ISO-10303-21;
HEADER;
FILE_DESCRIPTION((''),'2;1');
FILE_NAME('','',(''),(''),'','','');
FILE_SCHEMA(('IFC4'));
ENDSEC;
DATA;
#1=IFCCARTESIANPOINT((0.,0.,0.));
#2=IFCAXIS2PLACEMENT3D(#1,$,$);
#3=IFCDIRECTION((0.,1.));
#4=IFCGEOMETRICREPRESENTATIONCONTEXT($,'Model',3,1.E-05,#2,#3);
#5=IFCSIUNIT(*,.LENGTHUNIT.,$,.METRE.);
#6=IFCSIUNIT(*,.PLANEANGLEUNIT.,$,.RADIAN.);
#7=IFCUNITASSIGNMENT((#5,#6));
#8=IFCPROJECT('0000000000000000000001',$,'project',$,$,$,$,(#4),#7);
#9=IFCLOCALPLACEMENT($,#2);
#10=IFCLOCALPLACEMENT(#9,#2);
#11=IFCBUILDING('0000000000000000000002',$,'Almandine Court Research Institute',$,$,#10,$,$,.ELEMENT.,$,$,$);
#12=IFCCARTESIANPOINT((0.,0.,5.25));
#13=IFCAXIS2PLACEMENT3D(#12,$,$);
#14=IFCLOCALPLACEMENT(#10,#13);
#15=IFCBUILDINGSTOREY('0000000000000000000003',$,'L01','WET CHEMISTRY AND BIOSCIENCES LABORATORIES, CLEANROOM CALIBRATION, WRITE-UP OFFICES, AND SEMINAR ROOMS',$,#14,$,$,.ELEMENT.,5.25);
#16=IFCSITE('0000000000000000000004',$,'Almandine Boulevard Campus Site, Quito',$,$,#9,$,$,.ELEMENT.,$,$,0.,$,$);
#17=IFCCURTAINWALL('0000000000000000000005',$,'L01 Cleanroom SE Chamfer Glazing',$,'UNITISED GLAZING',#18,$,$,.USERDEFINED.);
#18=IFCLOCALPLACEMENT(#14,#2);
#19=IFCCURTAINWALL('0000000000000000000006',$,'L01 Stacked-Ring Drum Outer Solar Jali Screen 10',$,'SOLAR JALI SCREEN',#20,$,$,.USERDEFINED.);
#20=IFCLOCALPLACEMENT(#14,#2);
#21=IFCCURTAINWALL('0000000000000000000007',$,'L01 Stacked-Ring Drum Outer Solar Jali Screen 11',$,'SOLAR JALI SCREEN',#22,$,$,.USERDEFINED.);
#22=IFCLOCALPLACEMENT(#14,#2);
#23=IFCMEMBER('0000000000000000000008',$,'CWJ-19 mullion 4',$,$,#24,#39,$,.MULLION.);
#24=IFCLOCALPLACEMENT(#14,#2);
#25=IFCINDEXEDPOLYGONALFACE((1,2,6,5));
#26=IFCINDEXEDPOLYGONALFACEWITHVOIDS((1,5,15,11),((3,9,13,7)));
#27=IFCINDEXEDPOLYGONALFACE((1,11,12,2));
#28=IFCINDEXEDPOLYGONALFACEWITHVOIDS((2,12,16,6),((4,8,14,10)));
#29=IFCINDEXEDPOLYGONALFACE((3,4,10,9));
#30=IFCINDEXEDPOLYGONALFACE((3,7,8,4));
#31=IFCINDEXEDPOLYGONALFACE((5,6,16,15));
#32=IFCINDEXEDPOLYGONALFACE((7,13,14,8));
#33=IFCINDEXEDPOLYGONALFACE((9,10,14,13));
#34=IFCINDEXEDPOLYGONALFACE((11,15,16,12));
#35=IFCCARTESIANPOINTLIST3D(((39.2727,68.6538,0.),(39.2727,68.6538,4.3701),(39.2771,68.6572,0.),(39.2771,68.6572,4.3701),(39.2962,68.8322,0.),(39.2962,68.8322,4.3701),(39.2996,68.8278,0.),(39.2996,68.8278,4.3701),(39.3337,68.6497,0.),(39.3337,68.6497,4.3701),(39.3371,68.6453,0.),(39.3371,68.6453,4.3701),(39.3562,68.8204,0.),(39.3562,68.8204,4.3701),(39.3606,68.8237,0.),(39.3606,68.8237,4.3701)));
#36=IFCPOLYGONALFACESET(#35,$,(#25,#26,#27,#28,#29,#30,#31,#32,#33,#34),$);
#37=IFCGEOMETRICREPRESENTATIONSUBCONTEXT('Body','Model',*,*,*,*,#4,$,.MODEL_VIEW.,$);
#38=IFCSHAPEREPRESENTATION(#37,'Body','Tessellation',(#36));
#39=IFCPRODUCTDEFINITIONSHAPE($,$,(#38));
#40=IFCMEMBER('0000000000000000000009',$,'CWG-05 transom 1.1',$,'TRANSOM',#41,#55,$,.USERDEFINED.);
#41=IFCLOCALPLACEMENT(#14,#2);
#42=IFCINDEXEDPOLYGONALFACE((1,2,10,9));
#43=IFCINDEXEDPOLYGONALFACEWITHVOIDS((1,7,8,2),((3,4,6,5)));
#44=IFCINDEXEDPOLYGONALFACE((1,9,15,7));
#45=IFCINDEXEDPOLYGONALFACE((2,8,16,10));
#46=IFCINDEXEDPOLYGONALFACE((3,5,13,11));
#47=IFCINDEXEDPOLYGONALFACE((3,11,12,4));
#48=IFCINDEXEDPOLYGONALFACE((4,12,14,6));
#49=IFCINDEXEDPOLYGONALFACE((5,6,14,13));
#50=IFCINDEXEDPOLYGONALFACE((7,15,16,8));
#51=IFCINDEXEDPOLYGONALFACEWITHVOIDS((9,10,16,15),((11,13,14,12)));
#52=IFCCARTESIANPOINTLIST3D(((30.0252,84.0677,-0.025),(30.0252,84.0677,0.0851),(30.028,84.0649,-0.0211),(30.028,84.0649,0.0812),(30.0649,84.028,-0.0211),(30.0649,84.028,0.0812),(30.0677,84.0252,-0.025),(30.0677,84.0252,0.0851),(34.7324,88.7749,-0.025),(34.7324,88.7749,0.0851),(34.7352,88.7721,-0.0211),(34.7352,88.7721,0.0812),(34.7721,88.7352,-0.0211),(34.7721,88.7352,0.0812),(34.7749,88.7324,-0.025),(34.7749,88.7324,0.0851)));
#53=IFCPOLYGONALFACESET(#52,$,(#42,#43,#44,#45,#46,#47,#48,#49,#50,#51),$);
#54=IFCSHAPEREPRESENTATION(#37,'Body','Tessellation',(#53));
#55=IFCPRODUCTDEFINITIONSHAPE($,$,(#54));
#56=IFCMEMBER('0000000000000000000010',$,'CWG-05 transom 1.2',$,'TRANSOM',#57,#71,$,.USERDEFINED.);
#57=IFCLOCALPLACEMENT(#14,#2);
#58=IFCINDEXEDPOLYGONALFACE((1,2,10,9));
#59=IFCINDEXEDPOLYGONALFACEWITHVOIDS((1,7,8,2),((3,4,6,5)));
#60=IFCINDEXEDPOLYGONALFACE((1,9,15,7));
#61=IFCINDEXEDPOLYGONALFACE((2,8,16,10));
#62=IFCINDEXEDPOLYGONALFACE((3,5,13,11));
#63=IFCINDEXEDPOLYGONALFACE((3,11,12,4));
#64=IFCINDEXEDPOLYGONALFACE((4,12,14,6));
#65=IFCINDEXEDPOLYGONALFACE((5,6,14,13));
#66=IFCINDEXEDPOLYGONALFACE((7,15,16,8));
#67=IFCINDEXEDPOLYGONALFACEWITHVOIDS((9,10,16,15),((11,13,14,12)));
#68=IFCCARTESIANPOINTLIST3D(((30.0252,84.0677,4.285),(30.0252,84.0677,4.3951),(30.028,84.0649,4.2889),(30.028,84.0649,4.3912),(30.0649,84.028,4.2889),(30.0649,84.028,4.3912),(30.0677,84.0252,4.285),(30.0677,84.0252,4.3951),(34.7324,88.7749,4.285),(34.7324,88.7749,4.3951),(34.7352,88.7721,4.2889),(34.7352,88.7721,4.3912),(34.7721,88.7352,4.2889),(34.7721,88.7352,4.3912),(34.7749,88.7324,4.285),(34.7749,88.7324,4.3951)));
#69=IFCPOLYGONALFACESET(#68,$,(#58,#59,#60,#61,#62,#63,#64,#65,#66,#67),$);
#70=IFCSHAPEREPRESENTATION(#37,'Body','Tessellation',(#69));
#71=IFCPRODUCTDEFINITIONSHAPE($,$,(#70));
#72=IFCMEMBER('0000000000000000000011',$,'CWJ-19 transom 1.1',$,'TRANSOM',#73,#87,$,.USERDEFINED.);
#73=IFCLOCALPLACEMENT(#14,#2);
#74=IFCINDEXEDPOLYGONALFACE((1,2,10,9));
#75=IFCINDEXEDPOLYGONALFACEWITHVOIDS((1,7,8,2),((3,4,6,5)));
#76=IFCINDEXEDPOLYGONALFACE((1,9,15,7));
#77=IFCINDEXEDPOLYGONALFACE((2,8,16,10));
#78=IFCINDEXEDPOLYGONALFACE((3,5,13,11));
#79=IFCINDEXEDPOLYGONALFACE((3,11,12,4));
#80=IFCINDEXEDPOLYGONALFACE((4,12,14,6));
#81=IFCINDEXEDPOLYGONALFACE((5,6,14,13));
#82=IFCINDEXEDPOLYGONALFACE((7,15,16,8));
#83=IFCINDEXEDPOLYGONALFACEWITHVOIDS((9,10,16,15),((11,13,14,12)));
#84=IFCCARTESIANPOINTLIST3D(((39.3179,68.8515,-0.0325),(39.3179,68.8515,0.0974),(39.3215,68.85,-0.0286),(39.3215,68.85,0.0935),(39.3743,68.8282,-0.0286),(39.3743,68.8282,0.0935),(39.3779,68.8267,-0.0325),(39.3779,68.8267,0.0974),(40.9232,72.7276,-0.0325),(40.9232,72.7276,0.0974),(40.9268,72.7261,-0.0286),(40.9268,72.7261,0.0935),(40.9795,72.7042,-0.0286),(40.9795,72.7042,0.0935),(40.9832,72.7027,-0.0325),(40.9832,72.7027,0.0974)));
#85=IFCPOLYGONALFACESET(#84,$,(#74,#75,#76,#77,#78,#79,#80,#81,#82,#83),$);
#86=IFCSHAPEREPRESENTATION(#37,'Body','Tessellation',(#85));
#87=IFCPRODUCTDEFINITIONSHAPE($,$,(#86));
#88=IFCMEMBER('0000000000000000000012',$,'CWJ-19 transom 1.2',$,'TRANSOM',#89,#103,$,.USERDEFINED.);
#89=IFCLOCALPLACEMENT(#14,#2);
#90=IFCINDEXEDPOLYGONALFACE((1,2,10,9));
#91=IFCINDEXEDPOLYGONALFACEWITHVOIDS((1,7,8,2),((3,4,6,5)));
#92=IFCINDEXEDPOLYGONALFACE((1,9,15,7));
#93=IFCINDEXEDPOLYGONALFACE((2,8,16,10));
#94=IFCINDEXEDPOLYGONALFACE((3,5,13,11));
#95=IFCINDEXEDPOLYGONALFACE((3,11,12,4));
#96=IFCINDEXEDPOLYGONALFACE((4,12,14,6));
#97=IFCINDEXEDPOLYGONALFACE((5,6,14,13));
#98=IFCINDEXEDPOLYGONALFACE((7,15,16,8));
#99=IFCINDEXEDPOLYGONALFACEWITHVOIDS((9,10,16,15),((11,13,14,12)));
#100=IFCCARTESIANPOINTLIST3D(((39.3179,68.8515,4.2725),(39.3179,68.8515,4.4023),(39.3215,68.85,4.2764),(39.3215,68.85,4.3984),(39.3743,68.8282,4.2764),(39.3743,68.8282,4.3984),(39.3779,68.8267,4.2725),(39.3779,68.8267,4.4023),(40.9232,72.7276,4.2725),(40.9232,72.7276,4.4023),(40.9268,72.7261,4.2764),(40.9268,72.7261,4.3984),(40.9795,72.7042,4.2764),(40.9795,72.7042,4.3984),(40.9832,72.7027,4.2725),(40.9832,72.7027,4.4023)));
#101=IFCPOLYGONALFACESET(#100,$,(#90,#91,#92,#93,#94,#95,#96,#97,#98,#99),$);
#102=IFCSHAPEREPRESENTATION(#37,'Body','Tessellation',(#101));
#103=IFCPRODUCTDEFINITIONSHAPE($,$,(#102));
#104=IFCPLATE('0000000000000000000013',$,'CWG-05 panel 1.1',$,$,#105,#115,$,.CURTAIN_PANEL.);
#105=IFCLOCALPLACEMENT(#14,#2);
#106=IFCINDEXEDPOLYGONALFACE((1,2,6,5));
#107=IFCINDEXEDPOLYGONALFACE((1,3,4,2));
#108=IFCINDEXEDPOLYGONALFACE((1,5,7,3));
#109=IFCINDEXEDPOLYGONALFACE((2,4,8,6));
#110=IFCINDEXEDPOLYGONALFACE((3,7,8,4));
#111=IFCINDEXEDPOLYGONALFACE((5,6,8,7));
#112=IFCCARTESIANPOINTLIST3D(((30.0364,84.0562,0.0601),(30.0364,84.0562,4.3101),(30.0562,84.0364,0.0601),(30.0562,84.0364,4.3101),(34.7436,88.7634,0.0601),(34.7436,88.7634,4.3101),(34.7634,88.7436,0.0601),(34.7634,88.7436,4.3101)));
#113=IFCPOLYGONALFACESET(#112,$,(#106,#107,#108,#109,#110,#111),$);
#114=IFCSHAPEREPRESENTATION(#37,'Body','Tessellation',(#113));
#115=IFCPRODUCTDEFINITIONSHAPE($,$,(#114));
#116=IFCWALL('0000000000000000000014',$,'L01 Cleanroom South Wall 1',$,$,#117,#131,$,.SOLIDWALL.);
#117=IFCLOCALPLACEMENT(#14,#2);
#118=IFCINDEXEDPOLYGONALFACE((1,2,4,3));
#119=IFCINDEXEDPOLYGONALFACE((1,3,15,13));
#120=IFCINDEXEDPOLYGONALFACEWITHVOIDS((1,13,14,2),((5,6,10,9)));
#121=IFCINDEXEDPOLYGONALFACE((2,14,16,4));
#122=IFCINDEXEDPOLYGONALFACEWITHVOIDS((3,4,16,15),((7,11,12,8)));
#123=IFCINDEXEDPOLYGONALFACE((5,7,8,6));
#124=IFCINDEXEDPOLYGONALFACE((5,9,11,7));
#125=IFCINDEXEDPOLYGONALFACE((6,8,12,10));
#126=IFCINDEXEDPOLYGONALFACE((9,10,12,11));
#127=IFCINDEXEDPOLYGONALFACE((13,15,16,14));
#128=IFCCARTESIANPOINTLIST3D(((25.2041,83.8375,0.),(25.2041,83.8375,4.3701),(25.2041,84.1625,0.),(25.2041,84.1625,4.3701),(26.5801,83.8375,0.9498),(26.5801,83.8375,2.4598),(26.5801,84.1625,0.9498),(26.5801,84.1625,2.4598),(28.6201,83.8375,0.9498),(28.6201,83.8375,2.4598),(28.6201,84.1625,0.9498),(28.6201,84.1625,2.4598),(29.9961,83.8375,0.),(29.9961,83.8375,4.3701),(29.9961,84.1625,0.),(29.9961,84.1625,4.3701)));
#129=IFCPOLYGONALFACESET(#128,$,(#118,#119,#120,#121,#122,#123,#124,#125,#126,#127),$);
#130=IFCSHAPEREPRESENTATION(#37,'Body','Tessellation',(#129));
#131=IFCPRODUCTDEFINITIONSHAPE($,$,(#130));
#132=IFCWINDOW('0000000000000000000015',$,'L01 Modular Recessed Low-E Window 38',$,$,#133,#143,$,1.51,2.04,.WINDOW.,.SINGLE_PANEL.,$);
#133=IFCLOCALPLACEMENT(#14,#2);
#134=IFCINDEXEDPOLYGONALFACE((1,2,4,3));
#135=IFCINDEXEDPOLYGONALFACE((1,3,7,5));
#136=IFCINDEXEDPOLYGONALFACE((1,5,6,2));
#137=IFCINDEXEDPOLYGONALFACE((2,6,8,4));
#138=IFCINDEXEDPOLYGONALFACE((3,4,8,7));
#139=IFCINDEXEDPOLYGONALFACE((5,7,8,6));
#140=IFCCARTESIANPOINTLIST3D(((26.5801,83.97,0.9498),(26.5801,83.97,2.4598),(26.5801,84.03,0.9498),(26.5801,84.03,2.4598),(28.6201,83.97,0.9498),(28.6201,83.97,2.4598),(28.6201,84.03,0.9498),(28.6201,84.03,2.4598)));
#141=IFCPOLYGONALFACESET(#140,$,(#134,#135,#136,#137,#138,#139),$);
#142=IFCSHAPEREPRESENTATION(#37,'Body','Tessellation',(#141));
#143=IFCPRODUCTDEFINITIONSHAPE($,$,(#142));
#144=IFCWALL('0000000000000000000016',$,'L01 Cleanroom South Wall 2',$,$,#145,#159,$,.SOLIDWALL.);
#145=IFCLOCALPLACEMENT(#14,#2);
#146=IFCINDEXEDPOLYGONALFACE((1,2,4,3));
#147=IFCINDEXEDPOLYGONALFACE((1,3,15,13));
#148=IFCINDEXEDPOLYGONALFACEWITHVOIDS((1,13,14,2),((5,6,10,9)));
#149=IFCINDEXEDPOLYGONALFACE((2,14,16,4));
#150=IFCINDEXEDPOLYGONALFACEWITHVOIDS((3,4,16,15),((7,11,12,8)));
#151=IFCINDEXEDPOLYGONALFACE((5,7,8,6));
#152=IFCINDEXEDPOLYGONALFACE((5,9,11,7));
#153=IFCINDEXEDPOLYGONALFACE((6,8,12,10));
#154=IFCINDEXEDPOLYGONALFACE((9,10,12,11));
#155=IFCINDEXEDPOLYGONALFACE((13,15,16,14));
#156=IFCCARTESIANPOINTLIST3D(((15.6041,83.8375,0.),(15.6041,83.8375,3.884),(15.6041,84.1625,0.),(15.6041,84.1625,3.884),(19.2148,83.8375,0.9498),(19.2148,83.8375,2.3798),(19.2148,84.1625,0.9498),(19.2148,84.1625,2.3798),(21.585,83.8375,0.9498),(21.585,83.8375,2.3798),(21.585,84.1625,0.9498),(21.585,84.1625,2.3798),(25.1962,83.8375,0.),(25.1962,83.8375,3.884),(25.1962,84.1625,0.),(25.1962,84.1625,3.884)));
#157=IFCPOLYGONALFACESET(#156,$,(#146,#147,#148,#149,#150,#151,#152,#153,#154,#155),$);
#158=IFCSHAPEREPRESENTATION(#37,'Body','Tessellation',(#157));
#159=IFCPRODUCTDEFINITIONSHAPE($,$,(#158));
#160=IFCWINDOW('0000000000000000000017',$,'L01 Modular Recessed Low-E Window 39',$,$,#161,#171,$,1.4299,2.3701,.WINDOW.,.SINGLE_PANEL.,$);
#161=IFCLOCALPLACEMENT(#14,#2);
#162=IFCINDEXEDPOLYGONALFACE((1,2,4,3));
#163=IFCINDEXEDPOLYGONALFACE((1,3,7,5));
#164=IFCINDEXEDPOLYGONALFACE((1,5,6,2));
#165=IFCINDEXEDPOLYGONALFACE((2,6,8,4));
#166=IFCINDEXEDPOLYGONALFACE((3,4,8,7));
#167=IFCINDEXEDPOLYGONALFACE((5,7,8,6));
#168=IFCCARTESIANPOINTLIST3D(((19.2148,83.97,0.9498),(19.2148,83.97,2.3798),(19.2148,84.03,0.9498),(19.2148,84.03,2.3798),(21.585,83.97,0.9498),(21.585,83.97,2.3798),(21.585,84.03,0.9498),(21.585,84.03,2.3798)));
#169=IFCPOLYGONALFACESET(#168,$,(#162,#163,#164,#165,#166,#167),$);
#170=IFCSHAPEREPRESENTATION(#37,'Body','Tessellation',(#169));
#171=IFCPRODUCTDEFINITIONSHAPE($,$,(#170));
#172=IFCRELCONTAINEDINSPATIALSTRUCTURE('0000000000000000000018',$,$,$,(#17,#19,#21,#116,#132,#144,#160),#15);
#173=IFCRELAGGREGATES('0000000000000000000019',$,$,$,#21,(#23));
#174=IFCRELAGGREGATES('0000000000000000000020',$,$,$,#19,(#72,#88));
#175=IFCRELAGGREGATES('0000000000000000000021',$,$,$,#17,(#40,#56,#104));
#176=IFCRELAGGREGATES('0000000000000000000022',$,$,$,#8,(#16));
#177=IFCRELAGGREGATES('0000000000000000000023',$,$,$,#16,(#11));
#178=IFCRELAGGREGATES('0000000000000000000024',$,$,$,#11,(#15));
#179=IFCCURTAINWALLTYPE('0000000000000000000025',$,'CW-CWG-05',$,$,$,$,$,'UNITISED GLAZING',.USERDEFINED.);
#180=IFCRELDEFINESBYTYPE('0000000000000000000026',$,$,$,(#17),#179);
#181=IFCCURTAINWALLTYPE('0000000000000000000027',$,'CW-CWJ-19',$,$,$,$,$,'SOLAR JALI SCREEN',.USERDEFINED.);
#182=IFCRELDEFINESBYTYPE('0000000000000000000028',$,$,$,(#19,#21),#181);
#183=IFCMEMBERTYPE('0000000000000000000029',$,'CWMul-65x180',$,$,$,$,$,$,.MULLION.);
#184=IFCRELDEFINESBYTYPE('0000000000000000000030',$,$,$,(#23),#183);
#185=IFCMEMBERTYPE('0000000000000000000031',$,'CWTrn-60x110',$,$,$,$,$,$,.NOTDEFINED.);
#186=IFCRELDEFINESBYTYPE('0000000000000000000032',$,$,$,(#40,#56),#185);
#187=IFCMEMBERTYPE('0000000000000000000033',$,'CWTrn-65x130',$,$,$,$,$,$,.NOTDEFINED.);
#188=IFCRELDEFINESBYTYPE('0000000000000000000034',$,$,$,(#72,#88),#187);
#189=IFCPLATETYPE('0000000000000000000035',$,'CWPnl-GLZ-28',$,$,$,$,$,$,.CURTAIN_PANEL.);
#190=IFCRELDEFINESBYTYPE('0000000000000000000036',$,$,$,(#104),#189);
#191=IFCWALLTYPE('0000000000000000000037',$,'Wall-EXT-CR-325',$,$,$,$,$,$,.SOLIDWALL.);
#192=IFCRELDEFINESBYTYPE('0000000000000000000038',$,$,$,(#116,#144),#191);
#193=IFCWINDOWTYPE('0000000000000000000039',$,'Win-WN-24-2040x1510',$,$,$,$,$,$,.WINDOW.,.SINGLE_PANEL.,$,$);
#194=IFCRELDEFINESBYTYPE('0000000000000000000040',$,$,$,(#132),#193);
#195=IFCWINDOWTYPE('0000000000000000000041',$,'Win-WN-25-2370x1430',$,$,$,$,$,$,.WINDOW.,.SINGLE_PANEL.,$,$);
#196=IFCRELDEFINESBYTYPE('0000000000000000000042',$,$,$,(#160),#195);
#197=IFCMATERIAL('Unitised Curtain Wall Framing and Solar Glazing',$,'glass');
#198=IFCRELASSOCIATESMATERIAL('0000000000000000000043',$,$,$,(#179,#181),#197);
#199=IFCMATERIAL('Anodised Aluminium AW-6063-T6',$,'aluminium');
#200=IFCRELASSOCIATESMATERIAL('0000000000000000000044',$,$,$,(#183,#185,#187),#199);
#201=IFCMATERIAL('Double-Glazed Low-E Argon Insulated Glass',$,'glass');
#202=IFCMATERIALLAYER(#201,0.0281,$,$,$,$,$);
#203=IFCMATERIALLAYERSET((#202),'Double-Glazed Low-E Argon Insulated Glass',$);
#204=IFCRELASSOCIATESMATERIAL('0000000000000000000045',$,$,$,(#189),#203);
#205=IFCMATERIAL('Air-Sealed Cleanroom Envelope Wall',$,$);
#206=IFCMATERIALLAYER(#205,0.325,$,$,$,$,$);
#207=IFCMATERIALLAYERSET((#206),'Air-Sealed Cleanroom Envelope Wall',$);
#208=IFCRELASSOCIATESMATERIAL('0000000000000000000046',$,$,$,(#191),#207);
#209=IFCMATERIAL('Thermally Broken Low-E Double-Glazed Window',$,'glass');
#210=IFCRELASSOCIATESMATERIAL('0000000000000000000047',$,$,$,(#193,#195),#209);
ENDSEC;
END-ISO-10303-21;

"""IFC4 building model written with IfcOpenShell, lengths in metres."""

from ifc_helpers import new_model, si_unit, direction, frame, frame_2d, origin, origin_2d, place, context, subcontext, project, spatial, rectangle, hollow_rectangle, extrude, material, layer, layer_set, material_profile, profile_set, type_object, element, fill, aggregate, save


model = new_model("IFC4")

# Units and contexts
model_context = context("Model", 3, precision=1e-05, world=origin(), true_north=direction((0.0, 1.0)))
body_context = subcontext(model_context, "Body", "Model", "MODEL_VIEW")
ifc_project = project(units=[si_unit("LENGTHUNIT", "METRE"), si_unit("PLANEANGLEUNIT", "RADIAN")], contexts=[model_context])

# Site, building, storey
site_placement = place(None, origin())
site = spatial("IfcSite", under=ifc_project, at=site_placement, Name="Almandine Boulevard Campus Site, Quito", CompositionType="ELEMENT", RefElevation=0.0)
building_placement = place(site_placement, origin())
building = spatial("IfcBuilding", under=site, at=building_placement, Name="Almandine Court Research Institute", CompositionType="ELEMENT")
storey_placement = place(building_placement, frame((0.0, 0.0, 5.25)))
storey = spatial("IfcBuildingStorey", under=building, at=storey_placement, Name="L01", Description="WET CHEMISTRY AND BIOSCIENCES LABORATORIES, CLEANROOM CALIBRATION, WRITE-UP OFFICES, AND SEMINAR ROOMS", CompositionType="ELEMENT", Elevation=5.25)

# Curtain walls, member
ifc_material_1 = material(Name="Unitised Curtain Wall Framing and Solar Glazing", Category="glass")
curtain_wall_type_1 = type_object("IfcCurtainWallType", Name="CW-CWG-05", ElementType="UNITISED GLAZING", PredefinedType="USERDEFINED", material=ifc_material_1)
curtain_wall_1_placement = place(storey_placement, origin())
curtain_wall_1 = element("IfcCurtainWall", 1, at=curtain_wall_1_placement, inside=storey, type_object=curtain_wall_type_1, Name="L01 Cleanroom SE Chamfer Glazing", ObjectType="UNITISED GLAZING", PredefinedType="USERDEFINED")
ifc_material_2 = material(Name="Anodised Aluminium AW-6063-T6", Category="aluminium")
curtain_wall_type_2 = type_object("IfcCurtainWallType", Name="CW-CWJ-19", ElementType="SOLAR JALI SCREEN", PredefinedType="USERDEFINED", material=ifc_material_1)
curtain_wall_2_placement = place(storey_placement, origin())
curtain_wall_2 = element("IfcCurtainWall", 2, at=curtain_wall_2_placement, inside=storey, type_object=curtain_wall_type_2, Name="L01 Stacked-Ring Drum Outer Solar Jali Screen 10", ObjectType="SOLAR JALI SCREEN", PredefinedType="USERDEFINED")
ifc_material_profile_1 = material_profile(ifc_material_2, hollow_rectangle(XDim=0.0649, YDim=0.1799, WallThickness=0.0039, at=origin_2d()), Name="ALU RHS 65x180x4")
ifc_profile_set_1 = profile_set([ifc_material_profile_1], Name="Anodised Aluminium AW-6063-T6")
member_type_1 = type_object("IfcMemberType", Name="CWMul-65x180", PredefinedType="MULLION", material=ifc_profile_set_1)
curtain_wall_3_placement = place(storey_placement, origin())
curtain_wall_3 = element("IfcCurtainWall", 3, at=curtain_wall_3_placement, inside=storey, type_object=curtain_wall_type_2, Name="L01 Stacked-Ring Drum Outer Solar Jali Screen 11", ObjectType="SOLAR JALI SCREEN", PredefinedType="USERDEFINED")
member_1_placement = place(storey_placement, frame((39.3167, 68.7388, 0.0), z_axis=(0.0, 0.0, 1.0), x_axis=(-0.991443, 0.130541, 0.0)))
member_1 = element("IfcMember", 4, at=member_1_placement, type_object=member_type_1, Name="CWJ-19 mullion 4", PredefinedType="MULLION", context=body_context, shape_type="SweptSolid", body=[
    extrude(hollow_rectangle(XDim=0.0649, YDim=0.1799, WallThickness=0.0039, at=origin_2d()), origin(), (0.0, 0.0, 1.0), 4.3701),
])
aggregate(curtain_wall_3, [member_1])

# Members
ifc_material_profile_2 = material_profile(ifc_material_2, hollow_rectangle(XDim=0.0601, YDim=0.1101, WallThickness=0.0039, at=origin_2d()), Name="ALU RHS 60x110x4")
ifc_profile_set_2 = profile_set([ifc_material_profile_2], Name="Anodised Aluminium AW-6063-T6")
member_type_2 = type_object("IfcMemberType", Name="CWTrn-60x110", PredefinedType="NOTDEFINED", material=ifc_profile_set_2)
member_2_placement = place(storey_placement, frame((34.7537, 88.7537, 0.03), z_axis=(-0.707107, -0.707107, 0.0), x_axis=(0.707107, -0.707107, 0.0)))
member_2 = element("IfcMember", 5, at=member_2_placement, type_object=member_type_2, Name="CWG-05 transom 1.1", ObjectType="TRANSOM", PredefinedType="USERDEFINED", context=body_context, shape_type="SweptSolid", body=[
    extrude(hollow_rectangle(XDim=0.0601, YDim=0.1101, WallThickness=0.0039, at=origin_2d()), origin(), (0.0, 0.0, 1.0), 6.657),
])
member_3_placement = place(storey_placement, frame((34.7537, 88.7537, 4.3401), z_axis=(-0.707107, -0.707107, 0.0), x_axis=(0.707107, -0.707107, 0.0)))
member_3 = element("IfcMember", 6, at=member_3_placement, type_object=member_type_2, Name="CWG-05 transom 1.2", ObjectType="TRANSOM", PredefinedType="USERDEFINED", context=body_context, shape_type="SweptSolid", body=[
    extrude(hollow_rectangle(XDim=0.0601, YDim=0.1101, WallThickness=0.0039, at=origin_2d()), origin(), (0.0, 0.0, 1.0), 6.657),
])
ifc_material_profile_3 = material_profile(ifc_material_2, hollow_rectangle(XDim=0.0649, YDim=0.1299, WallThickness=0.0039, at=origin_2d()), Name="ALU RHS 65x130x4")
ifc_profile_set_3 = profile_set([ifc_material_profile_3], Name="Anodised Aluminium AW-6063-T6")
member_type_3 = type_object("IfcMemberType", Name="CWTrn-65x130", PredefinedType="NOTDEFINED", material=ifc_profile_set_3)
member_4_placement = place(storey_placement, frame((39.3479, 68.8391, 0.0325), z_axis=(0.382631, 0.923901, 0.0), x_axis=(-0.923901, 0.382631, 0.0)))
member_4 = element("IfcMember", 7, at=member_4_placement, type_object=member_type_3, Name="CWJ-19 transom 1.1", ObjectType="TRANSOM", PredefinedType="USERDEFINED", context=body_context, shape_type="SweptSolid", body=[
    extrude(hollow_rectangle(XDim=0.0649, YDim=0.1299, WallThickness=0.0039, at=origin_2d()), origin(), (0.0, 0.0, 1.0), 4.1953),
])
member_5_placement = place(storey_placement, frame((39.3479, 68.8391, 4.3374), z_axis=(0.382631, 0.923901, 0.0), x_axis=(-0.923901, 0.382631, 0.0)))
member_5 = element("IfcMember", 8, at=member_5_placement, type_object=member_type_3, Name="CWJ-19 transom 1.2", ObjectType="TRANSOM", PredefinedType="USERDEFINED", context=body_context, shape_type="SweptSolid", body=[
    extrude(hollow_rectangle(XDim=0.0649, YDim=0.1299, WallThickness=0.0039, at=origin_2d()), origin(), (0.0, 0.0, 1.0), 4.1953),
])
aggregate(curtain_wall_2, [member_4, member_5])

# Plate
ifc_material_3 = material(Name="Double-Glazed Low-E Argon Insulated Glass", Category="glass")
ifc_layer_1 = layer(ifc_material_3, 0.0281)
ifc_layer_set_1 = layer_set([ifc_layer_1], Name="Double-Glazed Low-E Argon Insulated Glass")
plate_type = type_object("IfcPlateType", Name="CWPnl-GLZ-28", PredefinedType="CURTAIN_PANEL", material=ifc_layer_set_1)
plate_placement = place(storey_placement, frame((32.3999, 86.3999, 0.0601), z_axis=(0.0, 0.0, 1.0), x_axis=(-0.707107, -0.707107, 0.0)))
plate = element("IfcPlate", 9, at=plate_placement, type_object=plate_type, Name="CWG-05 panel 1.1", PredefinedType="CURTAIN_PANEL", context=body_context, shape_type="SweptSolid", body=[
    extrude(rectangle(XDim=6.657, YDim=0.0281, at=origin_2d()), origin(), (0.0, 0.0, 1.0), 4.25),
])
aggregate(curtain_wall_1, [member_2, member_3, plate])

# Walls, openings, windows
ifc_material_4 = material(Name="Air-Sealed Cleanroom Envelope Wall")
ifc_layer_2 = layer(ifc_material_4, 0.325)
ifc_layer_set_2 = layer_set([ifc_layer_2], Name="Air-Sealed Cleanroom Envelope Wall")
wall_type_1 = type_object("IfcWallType", Name="Wall-EXT-CR-325", PredefinedType="SOLIDWALL", material=ifc_layer_set_2)
wall_1_placement = place(storey_placement, frame((29.9961, 84.0, 0.0), z_axis=(0.0, 0.0, 1.0), x_axis=(-1.0, 0.0, 0.0)))
wall_1 = element("IfcWall", 10, at=wall_1_placement, inside=storey, type_object=wall_type_1, Name="L01 Cleanroom South Wall 1", PredefinedType="SOLIDWALL", context=body_context, shape_type="SweptSolid", body=[
    extrude(rectangle(XDim=4.792, YDim=0.325, at=frame_2d((2.396, 0.0))), origin(), (0.0, 0.0, 1.0), 4.3701),
])
opening_1_placement = place(wall_1_placement, frame((1.376, 0.0, 0.95)))
opening_1 = element("IfcOpeningElement", 11, at=opening_1_placement, cuts=wall_1, PredefinedType="OPENING", context=body_context, shape_type="SweptSolid", body=[
    extrude(rectangle(XDim=2.04, YDim=1.51, at=frame_2d((1.02, 0.7549))), frame((0.0, 0.1724, 0.0), z_axis=(0.0, -1.0, 0.0), x_axis=(1.0, 0.0, 0.0)), (0.0, 0.0, 1.0), 0.345),
])
ifc_material_5 = material(Name="Thermally Broken Low-E Double-Glazed Window", Category="glass")
window_type_1 = type_object("IfcWindowType", Name="Win-WN-24-2040x1510", PartitioningType="SINGLE_PANEL", PredefinedType="WINDOW", material=ifc_material_5)
window_1_placement = place(opening_1_placement, origin())
window_1 = element("IfcWindow", 12, at=window_1_placement, inside=storey, type_object=window_type_1, Name="L01 Modular Recessed Low-E Window 38", OverallHeight=1.51, OverallWidth=2.04, PartitioningType="SINGLE_PANEL", PredefinedType="WINDOW", context=body_context, shape_type="SweptSolid", body=[
    extrude(rectangle(XDim=2.04, YDim=1.51, at=frame_2d((1.02, 0.7549))), frame((0.0, 0.03, 0.0), z_axis=(0.0, -1.0, 0.0), x_axis=(1.0, 0.0, 0.0)), (0.0, 0.0, 1.0), 0.0601),
])
fill(opening_1, window_1)
wall_2_placement = place(storey_placement, frame((25.196, 84.0, 0.0), z_axis=(0.0, 0.0, 1.0), x_axis=(-1.0, 0.0, 0.0)))
wall_2 = element("IfcWall", 13, at=wall_2_placement, inside=storey, type_object=wall_type_1, Name="L01 Cleanroom South Wall 2", PredefinedType="SOLIDWALL", context=body_context, shape_type="SweptSolid", body=[
    extrude(rectangle(XDim=9.592, YDim=0.325, at=frame_2d((4.7959, 0.0))), origin(), (0.0, 0.0, 1.0), 3.884),
])
opening_2_placement = place(wall_2_placement, frame((3.6111, 0.0, 0.95)))
opening_2 = element("IfcOpeningElement", 14, at=opening_2_placement, cuts=wall_2, PredefinedType="OPENING", context=body_context, shape_type="SweptSolid", body=[
    extrude(rectangle(XDim=2.3701, YDim=1.4299, at=frame_2d((1.1851, 0.7148))), frame((0.0, 0.1724, 0.0), z_axis=(0.0, -1.0, 0.0), x_axis=(1.0, 0.0, 0.0)), (0.0, 0.0, 1.0), 0.345),
])
window_type_2 = type_object("IfcWindowType", Name="Win-WN-25-2370x1430", PartitioningType="SINGLE_PANEL", PredefinedType="WINDOW", material=ifc_material_5)
window_2_placement = place(opening_2_placement, origin())
window_2 = element("IfcWindow", 15, at=window_2_placement, inside=storey, type_object=window_type_2, Name="L01 Modular Recessed Low-E Window 39", OverallHeight=1.4299, OverallWidth=2.3701, PartitioningType="SINGLE_PANEL", PredefinedType="WINDOW", context=body_context, shape_type="SweptSolid", body=[
    extrude(rectangle(XDim=2.3701, YDim=1.4299, at=frame_2d((1.1851, 0.7148))), frame((0.0, 0.03, 0.0), z_axis=(0.0, -1.0, 0.0), x_axis=(1.0, 0.0, 0.0)), (0.0, 0.0, 1.0), 0.0601),
])
fill(opening_2, window_2)

save(model, "model.ifc")
